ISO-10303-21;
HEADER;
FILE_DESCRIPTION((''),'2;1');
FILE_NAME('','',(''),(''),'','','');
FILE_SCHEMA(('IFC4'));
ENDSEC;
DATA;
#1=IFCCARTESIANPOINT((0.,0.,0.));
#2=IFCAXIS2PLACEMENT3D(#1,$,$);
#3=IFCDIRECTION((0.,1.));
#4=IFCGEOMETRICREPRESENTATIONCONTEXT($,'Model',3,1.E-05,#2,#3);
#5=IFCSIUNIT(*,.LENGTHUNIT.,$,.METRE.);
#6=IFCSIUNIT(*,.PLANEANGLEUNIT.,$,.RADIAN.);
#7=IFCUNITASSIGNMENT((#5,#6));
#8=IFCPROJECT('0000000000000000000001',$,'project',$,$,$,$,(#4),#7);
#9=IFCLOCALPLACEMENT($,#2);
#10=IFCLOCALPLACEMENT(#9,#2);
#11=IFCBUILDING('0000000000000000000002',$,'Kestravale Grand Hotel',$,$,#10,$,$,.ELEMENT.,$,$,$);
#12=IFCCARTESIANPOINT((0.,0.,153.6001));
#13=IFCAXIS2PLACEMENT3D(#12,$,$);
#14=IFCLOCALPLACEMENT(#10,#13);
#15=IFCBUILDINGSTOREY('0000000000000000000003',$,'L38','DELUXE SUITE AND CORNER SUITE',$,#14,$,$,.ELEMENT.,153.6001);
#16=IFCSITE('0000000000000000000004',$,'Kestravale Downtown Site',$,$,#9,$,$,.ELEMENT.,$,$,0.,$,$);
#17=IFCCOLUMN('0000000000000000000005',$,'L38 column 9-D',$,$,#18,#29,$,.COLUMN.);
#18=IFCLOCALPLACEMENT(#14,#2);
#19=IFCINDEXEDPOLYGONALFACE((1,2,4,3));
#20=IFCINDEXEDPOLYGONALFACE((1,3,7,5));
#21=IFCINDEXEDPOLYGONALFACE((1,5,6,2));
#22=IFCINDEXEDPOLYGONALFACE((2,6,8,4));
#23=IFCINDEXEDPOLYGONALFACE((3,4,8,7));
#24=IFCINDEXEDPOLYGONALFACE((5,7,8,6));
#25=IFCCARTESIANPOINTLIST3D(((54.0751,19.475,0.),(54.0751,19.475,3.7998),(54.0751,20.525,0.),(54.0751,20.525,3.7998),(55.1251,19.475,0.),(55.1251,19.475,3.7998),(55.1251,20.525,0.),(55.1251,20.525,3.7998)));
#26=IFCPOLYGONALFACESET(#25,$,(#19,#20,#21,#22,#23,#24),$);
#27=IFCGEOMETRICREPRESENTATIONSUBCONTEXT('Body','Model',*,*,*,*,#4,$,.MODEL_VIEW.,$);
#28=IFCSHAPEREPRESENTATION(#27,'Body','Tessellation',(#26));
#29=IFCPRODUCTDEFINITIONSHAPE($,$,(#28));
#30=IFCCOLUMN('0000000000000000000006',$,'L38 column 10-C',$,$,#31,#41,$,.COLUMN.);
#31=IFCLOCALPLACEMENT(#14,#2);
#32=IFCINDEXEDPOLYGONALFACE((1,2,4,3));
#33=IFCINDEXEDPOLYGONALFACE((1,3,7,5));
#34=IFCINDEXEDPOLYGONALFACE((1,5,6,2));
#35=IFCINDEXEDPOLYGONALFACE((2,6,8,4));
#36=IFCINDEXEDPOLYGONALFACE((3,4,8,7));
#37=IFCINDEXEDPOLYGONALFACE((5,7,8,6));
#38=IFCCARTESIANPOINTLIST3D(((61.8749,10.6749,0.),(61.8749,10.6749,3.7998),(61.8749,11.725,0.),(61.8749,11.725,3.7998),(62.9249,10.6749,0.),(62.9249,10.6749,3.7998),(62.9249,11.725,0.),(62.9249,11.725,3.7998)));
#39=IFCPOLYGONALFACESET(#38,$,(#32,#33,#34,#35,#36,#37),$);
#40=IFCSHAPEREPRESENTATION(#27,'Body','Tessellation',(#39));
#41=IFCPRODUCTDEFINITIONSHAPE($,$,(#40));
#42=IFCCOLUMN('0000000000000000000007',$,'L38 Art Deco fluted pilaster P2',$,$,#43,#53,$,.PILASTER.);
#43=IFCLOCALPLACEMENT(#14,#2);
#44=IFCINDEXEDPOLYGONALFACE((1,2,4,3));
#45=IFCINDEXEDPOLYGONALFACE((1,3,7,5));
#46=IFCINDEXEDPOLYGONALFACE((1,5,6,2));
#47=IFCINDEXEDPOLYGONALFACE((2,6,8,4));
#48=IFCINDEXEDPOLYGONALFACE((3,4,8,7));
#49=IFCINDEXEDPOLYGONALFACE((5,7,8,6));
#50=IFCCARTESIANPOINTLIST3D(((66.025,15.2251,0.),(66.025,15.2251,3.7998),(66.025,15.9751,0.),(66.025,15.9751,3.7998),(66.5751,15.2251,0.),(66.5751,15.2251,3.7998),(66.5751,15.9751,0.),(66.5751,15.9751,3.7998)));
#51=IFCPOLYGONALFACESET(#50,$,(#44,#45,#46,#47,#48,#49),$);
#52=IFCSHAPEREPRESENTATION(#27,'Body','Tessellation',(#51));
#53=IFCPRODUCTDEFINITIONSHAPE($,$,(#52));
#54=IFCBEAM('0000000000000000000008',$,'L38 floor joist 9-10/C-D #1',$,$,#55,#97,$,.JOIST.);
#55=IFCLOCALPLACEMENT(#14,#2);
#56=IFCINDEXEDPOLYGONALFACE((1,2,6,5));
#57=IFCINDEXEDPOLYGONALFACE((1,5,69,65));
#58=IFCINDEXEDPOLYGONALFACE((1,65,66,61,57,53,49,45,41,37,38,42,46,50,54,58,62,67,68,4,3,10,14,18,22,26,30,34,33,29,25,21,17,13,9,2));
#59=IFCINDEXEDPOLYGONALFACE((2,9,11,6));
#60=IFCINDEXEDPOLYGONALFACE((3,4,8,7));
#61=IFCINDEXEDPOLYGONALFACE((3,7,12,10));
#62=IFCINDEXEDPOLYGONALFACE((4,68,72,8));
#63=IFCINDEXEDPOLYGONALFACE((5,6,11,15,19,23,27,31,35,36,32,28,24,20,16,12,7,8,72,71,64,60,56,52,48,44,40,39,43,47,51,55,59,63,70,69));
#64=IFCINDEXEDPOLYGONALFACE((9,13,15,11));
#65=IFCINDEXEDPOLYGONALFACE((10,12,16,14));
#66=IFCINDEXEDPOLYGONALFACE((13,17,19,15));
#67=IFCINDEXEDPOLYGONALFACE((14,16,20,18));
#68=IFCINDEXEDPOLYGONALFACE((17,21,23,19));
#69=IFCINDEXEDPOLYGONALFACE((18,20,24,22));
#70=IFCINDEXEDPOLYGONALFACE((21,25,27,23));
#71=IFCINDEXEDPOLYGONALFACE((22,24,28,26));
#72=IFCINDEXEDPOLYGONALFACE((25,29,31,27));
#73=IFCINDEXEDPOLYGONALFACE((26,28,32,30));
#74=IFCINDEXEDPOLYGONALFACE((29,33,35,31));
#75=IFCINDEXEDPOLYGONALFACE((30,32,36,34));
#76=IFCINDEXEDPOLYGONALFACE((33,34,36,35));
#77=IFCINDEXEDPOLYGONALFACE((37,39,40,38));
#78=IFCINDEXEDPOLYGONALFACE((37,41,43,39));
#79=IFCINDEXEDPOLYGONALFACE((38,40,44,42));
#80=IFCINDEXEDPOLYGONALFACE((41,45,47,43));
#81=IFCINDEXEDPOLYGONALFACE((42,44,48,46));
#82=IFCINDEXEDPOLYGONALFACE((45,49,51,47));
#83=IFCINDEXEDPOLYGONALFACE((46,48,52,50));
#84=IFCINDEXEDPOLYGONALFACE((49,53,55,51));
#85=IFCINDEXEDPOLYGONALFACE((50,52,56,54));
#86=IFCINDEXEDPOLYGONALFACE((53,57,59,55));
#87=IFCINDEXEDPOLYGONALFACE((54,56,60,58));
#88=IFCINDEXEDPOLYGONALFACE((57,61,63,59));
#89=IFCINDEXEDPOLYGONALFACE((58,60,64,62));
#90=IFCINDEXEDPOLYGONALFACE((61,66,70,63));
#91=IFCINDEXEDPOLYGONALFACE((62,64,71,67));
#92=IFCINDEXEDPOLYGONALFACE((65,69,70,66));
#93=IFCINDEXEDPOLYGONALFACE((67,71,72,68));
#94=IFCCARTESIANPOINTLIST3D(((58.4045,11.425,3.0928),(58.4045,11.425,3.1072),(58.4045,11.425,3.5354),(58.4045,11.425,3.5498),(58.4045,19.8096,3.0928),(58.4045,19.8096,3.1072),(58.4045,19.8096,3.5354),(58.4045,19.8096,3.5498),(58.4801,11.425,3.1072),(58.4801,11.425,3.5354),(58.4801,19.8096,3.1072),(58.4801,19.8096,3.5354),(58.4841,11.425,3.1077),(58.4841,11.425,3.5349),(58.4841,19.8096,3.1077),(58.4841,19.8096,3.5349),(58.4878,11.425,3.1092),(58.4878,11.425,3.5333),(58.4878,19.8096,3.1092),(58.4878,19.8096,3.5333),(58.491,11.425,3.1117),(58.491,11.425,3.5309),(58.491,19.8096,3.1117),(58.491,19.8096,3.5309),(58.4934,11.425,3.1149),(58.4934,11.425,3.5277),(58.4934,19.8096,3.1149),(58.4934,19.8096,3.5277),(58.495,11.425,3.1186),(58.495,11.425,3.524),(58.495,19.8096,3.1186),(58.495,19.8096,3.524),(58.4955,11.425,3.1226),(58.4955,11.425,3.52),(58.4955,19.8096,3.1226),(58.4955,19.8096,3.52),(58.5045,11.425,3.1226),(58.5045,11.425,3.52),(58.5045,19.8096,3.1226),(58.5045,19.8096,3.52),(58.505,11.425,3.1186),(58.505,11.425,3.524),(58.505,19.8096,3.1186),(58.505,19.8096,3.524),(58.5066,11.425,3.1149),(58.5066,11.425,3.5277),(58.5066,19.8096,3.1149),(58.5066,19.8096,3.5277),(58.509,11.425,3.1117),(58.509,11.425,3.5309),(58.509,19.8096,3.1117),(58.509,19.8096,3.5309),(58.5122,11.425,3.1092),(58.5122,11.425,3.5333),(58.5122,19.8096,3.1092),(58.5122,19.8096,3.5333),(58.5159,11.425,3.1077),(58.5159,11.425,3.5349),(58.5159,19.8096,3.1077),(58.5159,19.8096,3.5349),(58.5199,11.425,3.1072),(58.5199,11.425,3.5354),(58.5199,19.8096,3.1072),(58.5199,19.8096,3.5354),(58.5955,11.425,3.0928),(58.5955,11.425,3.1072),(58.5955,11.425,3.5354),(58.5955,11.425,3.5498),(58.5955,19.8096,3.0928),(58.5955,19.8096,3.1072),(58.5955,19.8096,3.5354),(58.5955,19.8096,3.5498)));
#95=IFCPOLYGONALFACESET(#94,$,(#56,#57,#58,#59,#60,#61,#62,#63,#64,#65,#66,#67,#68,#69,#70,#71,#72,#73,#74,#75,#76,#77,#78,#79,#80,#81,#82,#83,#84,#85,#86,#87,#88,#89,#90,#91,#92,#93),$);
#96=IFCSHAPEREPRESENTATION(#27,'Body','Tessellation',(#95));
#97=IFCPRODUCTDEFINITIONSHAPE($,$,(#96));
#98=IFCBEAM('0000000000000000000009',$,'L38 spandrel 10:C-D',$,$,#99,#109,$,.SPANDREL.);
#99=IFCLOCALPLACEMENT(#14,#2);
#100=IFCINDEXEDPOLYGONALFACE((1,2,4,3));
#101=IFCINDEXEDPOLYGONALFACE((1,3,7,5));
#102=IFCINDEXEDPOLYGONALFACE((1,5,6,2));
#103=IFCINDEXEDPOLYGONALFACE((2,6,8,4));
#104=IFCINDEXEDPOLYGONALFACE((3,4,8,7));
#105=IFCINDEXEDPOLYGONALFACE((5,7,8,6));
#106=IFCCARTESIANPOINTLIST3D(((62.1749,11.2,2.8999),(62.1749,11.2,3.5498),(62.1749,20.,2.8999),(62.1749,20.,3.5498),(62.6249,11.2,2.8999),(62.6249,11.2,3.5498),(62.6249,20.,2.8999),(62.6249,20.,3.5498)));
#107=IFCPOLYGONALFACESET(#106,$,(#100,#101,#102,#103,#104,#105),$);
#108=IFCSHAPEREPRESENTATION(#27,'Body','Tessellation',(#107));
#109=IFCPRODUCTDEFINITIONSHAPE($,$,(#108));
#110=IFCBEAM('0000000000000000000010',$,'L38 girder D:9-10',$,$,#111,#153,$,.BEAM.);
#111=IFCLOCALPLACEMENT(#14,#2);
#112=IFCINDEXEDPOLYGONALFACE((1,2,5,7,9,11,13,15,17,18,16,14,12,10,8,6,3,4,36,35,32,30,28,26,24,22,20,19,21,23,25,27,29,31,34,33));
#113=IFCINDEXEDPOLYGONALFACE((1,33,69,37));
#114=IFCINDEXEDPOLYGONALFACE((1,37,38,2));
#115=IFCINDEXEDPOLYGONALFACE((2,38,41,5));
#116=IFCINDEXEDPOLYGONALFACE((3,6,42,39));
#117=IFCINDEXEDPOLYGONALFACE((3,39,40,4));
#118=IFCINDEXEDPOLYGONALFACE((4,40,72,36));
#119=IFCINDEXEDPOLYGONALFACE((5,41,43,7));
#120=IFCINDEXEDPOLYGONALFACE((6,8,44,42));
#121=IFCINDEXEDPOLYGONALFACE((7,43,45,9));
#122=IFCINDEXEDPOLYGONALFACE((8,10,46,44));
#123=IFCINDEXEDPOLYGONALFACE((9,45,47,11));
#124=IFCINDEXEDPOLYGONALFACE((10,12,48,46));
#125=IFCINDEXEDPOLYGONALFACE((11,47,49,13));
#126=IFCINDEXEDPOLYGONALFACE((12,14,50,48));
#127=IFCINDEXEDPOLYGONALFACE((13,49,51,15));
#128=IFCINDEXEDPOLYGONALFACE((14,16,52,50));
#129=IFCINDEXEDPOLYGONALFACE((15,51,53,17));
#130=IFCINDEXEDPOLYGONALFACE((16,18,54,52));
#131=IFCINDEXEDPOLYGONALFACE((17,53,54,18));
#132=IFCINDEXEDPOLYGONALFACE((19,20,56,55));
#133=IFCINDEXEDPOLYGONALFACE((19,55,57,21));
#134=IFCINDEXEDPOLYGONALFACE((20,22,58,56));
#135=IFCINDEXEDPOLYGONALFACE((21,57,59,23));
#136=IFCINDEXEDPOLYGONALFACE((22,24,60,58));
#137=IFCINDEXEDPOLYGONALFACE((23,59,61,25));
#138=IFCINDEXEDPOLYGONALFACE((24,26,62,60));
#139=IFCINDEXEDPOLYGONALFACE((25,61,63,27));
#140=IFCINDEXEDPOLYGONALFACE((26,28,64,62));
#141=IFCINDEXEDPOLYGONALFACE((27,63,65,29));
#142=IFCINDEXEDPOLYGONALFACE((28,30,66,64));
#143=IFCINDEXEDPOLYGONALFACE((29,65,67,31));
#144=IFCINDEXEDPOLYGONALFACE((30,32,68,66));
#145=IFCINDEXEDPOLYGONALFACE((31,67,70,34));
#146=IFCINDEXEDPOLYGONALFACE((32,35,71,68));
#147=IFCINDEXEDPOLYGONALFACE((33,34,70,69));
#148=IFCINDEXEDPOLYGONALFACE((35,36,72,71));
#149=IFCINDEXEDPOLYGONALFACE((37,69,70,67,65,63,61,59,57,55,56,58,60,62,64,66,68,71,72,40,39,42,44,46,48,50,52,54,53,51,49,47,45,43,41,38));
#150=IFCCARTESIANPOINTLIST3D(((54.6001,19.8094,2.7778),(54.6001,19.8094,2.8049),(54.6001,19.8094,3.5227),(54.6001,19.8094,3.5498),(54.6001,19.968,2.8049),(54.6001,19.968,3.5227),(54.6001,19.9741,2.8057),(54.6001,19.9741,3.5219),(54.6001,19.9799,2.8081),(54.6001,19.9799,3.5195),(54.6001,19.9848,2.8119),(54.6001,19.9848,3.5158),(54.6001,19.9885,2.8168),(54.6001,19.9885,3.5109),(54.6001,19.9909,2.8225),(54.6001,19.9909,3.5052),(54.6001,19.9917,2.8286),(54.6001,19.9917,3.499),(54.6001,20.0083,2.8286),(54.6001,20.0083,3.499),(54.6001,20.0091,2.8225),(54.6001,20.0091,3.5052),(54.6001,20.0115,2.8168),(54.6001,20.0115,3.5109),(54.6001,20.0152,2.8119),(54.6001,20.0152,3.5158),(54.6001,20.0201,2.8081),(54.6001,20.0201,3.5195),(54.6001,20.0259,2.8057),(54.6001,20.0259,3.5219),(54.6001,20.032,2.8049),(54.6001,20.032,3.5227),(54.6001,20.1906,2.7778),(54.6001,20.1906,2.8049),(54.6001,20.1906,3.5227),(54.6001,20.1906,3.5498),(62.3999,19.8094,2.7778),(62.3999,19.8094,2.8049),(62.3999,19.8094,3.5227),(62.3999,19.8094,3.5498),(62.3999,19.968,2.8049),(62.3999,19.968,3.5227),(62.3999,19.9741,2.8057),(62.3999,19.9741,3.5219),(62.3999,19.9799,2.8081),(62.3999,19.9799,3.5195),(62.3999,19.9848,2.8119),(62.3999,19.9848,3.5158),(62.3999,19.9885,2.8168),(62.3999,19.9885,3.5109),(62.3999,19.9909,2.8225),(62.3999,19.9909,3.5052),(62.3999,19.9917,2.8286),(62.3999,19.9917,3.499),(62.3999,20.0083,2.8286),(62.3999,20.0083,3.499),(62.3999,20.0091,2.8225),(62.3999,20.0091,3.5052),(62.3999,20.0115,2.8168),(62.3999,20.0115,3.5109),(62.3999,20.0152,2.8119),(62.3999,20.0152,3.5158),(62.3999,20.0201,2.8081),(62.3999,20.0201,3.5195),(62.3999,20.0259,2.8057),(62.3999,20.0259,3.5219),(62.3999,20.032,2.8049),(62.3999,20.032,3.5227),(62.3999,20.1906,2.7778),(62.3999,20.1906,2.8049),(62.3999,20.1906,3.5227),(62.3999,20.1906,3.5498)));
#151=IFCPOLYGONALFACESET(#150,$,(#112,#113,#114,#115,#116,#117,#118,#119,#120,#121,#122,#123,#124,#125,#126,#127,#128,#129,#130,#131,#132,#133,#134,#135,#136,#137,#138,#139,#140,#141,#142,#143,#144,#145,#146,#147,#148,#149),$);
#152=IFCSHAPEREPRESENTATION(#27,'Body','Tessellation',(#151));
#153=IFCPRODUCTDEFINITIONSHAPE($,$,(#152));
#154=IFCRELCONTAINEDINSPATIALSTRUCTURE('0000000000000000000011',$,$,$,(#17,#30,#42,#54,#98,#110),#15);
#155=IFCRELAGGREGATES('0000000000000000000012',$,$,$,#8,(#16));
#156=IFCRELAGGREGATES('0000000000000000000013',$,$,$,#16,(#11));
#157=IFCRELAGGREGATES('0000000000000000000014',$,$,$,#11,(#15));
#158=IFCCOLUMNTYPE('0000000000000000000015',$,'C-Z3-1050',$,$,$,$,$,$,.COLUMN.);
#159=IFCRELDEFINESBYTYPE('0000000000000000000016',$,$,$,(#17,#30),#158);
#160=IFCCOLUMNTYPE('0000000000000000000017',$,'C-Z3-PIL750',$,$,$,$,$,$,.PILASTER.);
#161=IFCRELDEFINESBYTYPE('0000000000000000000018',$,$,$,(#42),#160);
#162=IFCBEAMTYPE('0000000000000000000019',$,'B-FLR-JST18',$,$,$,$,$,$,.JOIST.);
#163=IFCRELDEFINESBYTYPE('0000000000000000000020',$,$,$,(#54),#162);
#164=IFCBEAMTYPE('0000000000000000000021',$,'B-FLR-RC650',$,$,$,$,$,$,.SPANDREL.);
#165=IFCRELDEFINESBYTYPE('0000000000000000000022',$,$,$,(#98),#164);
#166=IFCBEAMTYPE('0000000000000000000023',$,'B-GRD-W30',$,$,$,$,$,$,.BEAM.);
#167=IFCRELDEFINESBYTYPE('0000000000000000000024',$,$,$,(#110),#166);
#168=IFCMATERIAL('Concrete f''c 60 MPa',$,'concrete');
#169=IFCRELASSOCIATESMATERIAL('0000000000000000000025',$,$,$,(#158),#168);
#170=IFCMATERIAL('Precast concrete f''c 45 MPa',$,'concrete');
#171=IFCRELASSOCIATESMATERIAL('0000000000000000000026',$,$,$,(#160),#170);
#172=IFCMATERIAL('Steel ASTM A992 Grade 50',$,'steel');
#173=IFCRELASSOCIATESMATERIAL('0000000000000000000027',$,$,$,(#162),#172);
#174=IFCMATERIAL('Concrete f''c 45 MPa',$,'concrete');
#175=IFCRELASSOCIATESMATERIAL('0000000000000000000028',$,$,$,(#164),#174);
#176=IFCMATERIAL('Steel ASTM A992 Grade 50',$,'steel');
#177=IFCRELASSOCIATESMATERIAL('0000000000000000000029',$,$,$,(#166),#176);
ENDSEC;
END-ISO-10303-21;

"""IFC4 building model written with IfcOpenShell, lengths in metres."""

from ifc_helpers import new_model, si_unit, direction, frame, origin, origin_2d, place, context, subcontext, project, spatial, rectangle, i_section, extrude, material, material_profile, profile_set, type_object, element, save


model = new_model("IFC4")

# Units and contexts
model_context = context("Model", 3, precision=1e-05, world=origin(), true_north=direction((0.0, 1.0)))
body_context = subcontext(model_context, "Body", "Model", "MODEL_VIEW")
ifc_project = project(units=[si_unit("LENGTHUNIT", "METRE"), si_unit("PLANEANGLEUNIT", "RADIAN")], contexts=[model_context])

# Site, building, storey
site_placement = place(None, origin())
site = spatial("IfcSite", under=ifc_project, at=site_placement, Name="Kestravale Downtown Site", CompositionType="ELEMENT", RefElevation=0.0)
building_placement = place(site_placement, origin())
building = spatial("IfcBuilding", under=site, at=building_placement, Name="Kestravale Grand Hotel", CompositionType="ELEMENT")
storey_placement = place(building_placement, frame((0.0, 0.0, 153.6001)))
storey = spatial("IfcBuildingStorey", under=building, at=storey_placement, Name="L38", Description="DELUXE SUITE AND CORNER SUITE", CompositionType="ELEMENT", Elevation=153.6001)

# Columns
ifc_material_1 = material(Name="Concrete f'c 60 MPa", Category="concrete")
ifc_material_profile_1 = material_profile(ifc_material_1, rectangle(XDim=1.05, YDim=1.05, at=origin_2d()))
ifc_profile_set_1 = profile_set([ifc_material_profile_1], Name="Concrete f'c 60 MPa")
column_type_1 = type_object("IfcColumnType", Name="C-Z3-1050", PredefinedType="COLUMN", material=ifc_profile_set_1)
for number, where, z_axis, x_axis, name in (
    (1, (54.6001, 20.0, 0.0), (0.0, 0.0, 1.0), (1.0, 0.0, 0.0), "L38 column 9-D"),
    (2, (62.3999, 11.2, 0.0), (0.0, 0.0, 1.0), (1.0, 0.0, 0.0), "L38 column 10-C"),
):
    element("IfcColumn", number, at=place(storey_placement, frame(where, z_axis=z_axis, x_axis=x_axis)), inside=storey, type_object=column_type_1, Name=name, PredefinedType="COLUMN", context=body_context, shape_type="SweptSolid", body=[
        extrude(rectangle(XDim=1.05, YDim=1.05, at=origin_2d()), origin(), (0.0, 0.0, 1.0), 3.7998),
    ])
ifc_material_2 = material(Name="Precast concrete f'c 45 MPa", Category="concrete")
ifc_material_profile_2 = material_profile(ifc_material_2, rectangle(XDim=0.55, YDim=0.75, at=origin_2d()))
ifc_profile_set_2 = profile_set([ifc_material_profile_2], Name="Precast concrete f'c 45 MPa")
column_type_2 = type_object("IfcColumnType", Name="C-Z3-PIL750", PredefinedType="PILASTER", material=ifc_profile_set_2)
column_placement = place(storey_placement, frame((66.3, 15.6001, 0.0), z_axis=(0.0, 0.0, 1.0), x_axis=(1.0, 0.0, 0.0)))
element("IfcColumn", 3, at=column_placement, inside=storey, type_object=column_type_2, Name="L38 Art Deco fluted pilaster P2", PredefinedType="PILASTER", context=body_context, shape_type="SweptSolid", body=[
    extrude(rectangle(XDim=0.55, YDim=0.75, at=origin_2d()), origin(), (0.0, 0.0, 1.0), 3.7998),
])

# Beams
ifc_material_3 = material(Name="Steel ASTM A992 Grade 50", Category="steel")
ifc_material_profile_3 = material_profile(ifc_material_3, i_section(OverallWidth=0.1909, OverallDepth=0.457, WebThickness=0.009, FlangeThickness=0.0144, FilletRadius=0.0154, at=origin_2d()))
ifc_profile_set_3 = profile_set([ifc_material_profile_3], Name="Steel ASTM A992 Grade 50")
beam_type_1 = type_object("IfcBeamType", Name="B-FLR-JST18", PredefinedType="JOIST", material=ifc_profile_set_3)
beam_1_placement = place(storey_placement, frame((58.5, 11.425, 3.3213), z_axis=(0.0, 1.0, 0.0), x_axis=(-1.0, 0.0, 0.0)))
element("IfcBeam", 4, at=beam_1_placement, inside=storey, type_object=beam_type_1, Name="L38 floor joist 9-10/C-D #1", PredefinedType="JOIST", context=body_context, shape_type="SweptSolid", body=[
    extrude(i_section(OverallWidth=0.1909, OverallDepth=0.457, WebThickness=0.009, FlangeThickness=0.0144, FilletRadius=0.0154, at=origin_2d()), origin(), (0.0, 0.0, 1.0), 8.3845),
])
ifc_material_4 = material(Name="Concrete f'c 45 MPa", Category="concrete")
ifc_material_profile_4 = material_profile(ifc_material_4, rectangle(XDim=0.45, YDim=0.6499, at=origin_2d()))
ifc_profile_set_4 = profile_set([ifc_material_profile_4], Name="Concrete f'c 45 MPa")
beam_type_2 = type_object("IfcBeamType", Name="B-FLR-RC650", PredefinedType="SPANDREL", material=ifc_profile_set_4)
beam_2_placement = place(storey_placement, frame((62.3999, 11.2, 3.2249), z_axis=(0.0, 1.0, 0.0), x_axis=(-1.0, 0.0, 0.0)))
element("IfcBeam", 5, at=beam_2_placement, inside=storey, type_object=beam_type_2, Name="L38 spandrel 10:C-D", PredefinedType="SPANDREL", context=body_context, shape_type="SweptSolid", body=[
    extrude(rectangle(XDim=0.45, YDim=0.6499, at=origin_2d()), origin(), (0.0, 0.0, 1.0), 8.8),
])
ifc_material_5 = material(Name="Steel ASTM A992 Grade 50", Category="steel")
ifc_material_profile_5 = material_profile(ifc_material_5, i_section(OverallWidth=0.3811, OverallDepth=0.772, WebThickness=0.0166, FlangeThickness=0.0271, FilletRadius=0.0237, at=origin_2d()))
ifc_profile_set_5 = profile_set([ifc_material_profile_5], Name="Steel ASTM A992 Grade 50")
beam_type_3 = type_object("IfcBeamType", Name="B-GRD-W30", PredefinedType="BEAM", material=ifc_profile_set_5)
beam_3_placement = place(storey_placement, frame((54.6001, 20.0, 3.1638), z_axis=(1.0, 0.0, 0.0), x_axis=(0.0, 1.0, 0.0)))
element("IfcBeam", 6, at=beam_3_placement, inside=storey, type_object=beam_type_3, Name="L38 girder D:9-10", PredefinedType="BEAM", context=body_context, shape_type="SweptSolid", body=[
    extrude(i_section(OverallWidth=0.3811, OverallDepth=0.772, WebThickness=0.0166, FlangeThickness=0.0271, FilletRadius=0.0237, at=origin_2d()), origin(), (0.0, 0.0, 1.0), 7.7998),
])

save(model, "model.ifc")
